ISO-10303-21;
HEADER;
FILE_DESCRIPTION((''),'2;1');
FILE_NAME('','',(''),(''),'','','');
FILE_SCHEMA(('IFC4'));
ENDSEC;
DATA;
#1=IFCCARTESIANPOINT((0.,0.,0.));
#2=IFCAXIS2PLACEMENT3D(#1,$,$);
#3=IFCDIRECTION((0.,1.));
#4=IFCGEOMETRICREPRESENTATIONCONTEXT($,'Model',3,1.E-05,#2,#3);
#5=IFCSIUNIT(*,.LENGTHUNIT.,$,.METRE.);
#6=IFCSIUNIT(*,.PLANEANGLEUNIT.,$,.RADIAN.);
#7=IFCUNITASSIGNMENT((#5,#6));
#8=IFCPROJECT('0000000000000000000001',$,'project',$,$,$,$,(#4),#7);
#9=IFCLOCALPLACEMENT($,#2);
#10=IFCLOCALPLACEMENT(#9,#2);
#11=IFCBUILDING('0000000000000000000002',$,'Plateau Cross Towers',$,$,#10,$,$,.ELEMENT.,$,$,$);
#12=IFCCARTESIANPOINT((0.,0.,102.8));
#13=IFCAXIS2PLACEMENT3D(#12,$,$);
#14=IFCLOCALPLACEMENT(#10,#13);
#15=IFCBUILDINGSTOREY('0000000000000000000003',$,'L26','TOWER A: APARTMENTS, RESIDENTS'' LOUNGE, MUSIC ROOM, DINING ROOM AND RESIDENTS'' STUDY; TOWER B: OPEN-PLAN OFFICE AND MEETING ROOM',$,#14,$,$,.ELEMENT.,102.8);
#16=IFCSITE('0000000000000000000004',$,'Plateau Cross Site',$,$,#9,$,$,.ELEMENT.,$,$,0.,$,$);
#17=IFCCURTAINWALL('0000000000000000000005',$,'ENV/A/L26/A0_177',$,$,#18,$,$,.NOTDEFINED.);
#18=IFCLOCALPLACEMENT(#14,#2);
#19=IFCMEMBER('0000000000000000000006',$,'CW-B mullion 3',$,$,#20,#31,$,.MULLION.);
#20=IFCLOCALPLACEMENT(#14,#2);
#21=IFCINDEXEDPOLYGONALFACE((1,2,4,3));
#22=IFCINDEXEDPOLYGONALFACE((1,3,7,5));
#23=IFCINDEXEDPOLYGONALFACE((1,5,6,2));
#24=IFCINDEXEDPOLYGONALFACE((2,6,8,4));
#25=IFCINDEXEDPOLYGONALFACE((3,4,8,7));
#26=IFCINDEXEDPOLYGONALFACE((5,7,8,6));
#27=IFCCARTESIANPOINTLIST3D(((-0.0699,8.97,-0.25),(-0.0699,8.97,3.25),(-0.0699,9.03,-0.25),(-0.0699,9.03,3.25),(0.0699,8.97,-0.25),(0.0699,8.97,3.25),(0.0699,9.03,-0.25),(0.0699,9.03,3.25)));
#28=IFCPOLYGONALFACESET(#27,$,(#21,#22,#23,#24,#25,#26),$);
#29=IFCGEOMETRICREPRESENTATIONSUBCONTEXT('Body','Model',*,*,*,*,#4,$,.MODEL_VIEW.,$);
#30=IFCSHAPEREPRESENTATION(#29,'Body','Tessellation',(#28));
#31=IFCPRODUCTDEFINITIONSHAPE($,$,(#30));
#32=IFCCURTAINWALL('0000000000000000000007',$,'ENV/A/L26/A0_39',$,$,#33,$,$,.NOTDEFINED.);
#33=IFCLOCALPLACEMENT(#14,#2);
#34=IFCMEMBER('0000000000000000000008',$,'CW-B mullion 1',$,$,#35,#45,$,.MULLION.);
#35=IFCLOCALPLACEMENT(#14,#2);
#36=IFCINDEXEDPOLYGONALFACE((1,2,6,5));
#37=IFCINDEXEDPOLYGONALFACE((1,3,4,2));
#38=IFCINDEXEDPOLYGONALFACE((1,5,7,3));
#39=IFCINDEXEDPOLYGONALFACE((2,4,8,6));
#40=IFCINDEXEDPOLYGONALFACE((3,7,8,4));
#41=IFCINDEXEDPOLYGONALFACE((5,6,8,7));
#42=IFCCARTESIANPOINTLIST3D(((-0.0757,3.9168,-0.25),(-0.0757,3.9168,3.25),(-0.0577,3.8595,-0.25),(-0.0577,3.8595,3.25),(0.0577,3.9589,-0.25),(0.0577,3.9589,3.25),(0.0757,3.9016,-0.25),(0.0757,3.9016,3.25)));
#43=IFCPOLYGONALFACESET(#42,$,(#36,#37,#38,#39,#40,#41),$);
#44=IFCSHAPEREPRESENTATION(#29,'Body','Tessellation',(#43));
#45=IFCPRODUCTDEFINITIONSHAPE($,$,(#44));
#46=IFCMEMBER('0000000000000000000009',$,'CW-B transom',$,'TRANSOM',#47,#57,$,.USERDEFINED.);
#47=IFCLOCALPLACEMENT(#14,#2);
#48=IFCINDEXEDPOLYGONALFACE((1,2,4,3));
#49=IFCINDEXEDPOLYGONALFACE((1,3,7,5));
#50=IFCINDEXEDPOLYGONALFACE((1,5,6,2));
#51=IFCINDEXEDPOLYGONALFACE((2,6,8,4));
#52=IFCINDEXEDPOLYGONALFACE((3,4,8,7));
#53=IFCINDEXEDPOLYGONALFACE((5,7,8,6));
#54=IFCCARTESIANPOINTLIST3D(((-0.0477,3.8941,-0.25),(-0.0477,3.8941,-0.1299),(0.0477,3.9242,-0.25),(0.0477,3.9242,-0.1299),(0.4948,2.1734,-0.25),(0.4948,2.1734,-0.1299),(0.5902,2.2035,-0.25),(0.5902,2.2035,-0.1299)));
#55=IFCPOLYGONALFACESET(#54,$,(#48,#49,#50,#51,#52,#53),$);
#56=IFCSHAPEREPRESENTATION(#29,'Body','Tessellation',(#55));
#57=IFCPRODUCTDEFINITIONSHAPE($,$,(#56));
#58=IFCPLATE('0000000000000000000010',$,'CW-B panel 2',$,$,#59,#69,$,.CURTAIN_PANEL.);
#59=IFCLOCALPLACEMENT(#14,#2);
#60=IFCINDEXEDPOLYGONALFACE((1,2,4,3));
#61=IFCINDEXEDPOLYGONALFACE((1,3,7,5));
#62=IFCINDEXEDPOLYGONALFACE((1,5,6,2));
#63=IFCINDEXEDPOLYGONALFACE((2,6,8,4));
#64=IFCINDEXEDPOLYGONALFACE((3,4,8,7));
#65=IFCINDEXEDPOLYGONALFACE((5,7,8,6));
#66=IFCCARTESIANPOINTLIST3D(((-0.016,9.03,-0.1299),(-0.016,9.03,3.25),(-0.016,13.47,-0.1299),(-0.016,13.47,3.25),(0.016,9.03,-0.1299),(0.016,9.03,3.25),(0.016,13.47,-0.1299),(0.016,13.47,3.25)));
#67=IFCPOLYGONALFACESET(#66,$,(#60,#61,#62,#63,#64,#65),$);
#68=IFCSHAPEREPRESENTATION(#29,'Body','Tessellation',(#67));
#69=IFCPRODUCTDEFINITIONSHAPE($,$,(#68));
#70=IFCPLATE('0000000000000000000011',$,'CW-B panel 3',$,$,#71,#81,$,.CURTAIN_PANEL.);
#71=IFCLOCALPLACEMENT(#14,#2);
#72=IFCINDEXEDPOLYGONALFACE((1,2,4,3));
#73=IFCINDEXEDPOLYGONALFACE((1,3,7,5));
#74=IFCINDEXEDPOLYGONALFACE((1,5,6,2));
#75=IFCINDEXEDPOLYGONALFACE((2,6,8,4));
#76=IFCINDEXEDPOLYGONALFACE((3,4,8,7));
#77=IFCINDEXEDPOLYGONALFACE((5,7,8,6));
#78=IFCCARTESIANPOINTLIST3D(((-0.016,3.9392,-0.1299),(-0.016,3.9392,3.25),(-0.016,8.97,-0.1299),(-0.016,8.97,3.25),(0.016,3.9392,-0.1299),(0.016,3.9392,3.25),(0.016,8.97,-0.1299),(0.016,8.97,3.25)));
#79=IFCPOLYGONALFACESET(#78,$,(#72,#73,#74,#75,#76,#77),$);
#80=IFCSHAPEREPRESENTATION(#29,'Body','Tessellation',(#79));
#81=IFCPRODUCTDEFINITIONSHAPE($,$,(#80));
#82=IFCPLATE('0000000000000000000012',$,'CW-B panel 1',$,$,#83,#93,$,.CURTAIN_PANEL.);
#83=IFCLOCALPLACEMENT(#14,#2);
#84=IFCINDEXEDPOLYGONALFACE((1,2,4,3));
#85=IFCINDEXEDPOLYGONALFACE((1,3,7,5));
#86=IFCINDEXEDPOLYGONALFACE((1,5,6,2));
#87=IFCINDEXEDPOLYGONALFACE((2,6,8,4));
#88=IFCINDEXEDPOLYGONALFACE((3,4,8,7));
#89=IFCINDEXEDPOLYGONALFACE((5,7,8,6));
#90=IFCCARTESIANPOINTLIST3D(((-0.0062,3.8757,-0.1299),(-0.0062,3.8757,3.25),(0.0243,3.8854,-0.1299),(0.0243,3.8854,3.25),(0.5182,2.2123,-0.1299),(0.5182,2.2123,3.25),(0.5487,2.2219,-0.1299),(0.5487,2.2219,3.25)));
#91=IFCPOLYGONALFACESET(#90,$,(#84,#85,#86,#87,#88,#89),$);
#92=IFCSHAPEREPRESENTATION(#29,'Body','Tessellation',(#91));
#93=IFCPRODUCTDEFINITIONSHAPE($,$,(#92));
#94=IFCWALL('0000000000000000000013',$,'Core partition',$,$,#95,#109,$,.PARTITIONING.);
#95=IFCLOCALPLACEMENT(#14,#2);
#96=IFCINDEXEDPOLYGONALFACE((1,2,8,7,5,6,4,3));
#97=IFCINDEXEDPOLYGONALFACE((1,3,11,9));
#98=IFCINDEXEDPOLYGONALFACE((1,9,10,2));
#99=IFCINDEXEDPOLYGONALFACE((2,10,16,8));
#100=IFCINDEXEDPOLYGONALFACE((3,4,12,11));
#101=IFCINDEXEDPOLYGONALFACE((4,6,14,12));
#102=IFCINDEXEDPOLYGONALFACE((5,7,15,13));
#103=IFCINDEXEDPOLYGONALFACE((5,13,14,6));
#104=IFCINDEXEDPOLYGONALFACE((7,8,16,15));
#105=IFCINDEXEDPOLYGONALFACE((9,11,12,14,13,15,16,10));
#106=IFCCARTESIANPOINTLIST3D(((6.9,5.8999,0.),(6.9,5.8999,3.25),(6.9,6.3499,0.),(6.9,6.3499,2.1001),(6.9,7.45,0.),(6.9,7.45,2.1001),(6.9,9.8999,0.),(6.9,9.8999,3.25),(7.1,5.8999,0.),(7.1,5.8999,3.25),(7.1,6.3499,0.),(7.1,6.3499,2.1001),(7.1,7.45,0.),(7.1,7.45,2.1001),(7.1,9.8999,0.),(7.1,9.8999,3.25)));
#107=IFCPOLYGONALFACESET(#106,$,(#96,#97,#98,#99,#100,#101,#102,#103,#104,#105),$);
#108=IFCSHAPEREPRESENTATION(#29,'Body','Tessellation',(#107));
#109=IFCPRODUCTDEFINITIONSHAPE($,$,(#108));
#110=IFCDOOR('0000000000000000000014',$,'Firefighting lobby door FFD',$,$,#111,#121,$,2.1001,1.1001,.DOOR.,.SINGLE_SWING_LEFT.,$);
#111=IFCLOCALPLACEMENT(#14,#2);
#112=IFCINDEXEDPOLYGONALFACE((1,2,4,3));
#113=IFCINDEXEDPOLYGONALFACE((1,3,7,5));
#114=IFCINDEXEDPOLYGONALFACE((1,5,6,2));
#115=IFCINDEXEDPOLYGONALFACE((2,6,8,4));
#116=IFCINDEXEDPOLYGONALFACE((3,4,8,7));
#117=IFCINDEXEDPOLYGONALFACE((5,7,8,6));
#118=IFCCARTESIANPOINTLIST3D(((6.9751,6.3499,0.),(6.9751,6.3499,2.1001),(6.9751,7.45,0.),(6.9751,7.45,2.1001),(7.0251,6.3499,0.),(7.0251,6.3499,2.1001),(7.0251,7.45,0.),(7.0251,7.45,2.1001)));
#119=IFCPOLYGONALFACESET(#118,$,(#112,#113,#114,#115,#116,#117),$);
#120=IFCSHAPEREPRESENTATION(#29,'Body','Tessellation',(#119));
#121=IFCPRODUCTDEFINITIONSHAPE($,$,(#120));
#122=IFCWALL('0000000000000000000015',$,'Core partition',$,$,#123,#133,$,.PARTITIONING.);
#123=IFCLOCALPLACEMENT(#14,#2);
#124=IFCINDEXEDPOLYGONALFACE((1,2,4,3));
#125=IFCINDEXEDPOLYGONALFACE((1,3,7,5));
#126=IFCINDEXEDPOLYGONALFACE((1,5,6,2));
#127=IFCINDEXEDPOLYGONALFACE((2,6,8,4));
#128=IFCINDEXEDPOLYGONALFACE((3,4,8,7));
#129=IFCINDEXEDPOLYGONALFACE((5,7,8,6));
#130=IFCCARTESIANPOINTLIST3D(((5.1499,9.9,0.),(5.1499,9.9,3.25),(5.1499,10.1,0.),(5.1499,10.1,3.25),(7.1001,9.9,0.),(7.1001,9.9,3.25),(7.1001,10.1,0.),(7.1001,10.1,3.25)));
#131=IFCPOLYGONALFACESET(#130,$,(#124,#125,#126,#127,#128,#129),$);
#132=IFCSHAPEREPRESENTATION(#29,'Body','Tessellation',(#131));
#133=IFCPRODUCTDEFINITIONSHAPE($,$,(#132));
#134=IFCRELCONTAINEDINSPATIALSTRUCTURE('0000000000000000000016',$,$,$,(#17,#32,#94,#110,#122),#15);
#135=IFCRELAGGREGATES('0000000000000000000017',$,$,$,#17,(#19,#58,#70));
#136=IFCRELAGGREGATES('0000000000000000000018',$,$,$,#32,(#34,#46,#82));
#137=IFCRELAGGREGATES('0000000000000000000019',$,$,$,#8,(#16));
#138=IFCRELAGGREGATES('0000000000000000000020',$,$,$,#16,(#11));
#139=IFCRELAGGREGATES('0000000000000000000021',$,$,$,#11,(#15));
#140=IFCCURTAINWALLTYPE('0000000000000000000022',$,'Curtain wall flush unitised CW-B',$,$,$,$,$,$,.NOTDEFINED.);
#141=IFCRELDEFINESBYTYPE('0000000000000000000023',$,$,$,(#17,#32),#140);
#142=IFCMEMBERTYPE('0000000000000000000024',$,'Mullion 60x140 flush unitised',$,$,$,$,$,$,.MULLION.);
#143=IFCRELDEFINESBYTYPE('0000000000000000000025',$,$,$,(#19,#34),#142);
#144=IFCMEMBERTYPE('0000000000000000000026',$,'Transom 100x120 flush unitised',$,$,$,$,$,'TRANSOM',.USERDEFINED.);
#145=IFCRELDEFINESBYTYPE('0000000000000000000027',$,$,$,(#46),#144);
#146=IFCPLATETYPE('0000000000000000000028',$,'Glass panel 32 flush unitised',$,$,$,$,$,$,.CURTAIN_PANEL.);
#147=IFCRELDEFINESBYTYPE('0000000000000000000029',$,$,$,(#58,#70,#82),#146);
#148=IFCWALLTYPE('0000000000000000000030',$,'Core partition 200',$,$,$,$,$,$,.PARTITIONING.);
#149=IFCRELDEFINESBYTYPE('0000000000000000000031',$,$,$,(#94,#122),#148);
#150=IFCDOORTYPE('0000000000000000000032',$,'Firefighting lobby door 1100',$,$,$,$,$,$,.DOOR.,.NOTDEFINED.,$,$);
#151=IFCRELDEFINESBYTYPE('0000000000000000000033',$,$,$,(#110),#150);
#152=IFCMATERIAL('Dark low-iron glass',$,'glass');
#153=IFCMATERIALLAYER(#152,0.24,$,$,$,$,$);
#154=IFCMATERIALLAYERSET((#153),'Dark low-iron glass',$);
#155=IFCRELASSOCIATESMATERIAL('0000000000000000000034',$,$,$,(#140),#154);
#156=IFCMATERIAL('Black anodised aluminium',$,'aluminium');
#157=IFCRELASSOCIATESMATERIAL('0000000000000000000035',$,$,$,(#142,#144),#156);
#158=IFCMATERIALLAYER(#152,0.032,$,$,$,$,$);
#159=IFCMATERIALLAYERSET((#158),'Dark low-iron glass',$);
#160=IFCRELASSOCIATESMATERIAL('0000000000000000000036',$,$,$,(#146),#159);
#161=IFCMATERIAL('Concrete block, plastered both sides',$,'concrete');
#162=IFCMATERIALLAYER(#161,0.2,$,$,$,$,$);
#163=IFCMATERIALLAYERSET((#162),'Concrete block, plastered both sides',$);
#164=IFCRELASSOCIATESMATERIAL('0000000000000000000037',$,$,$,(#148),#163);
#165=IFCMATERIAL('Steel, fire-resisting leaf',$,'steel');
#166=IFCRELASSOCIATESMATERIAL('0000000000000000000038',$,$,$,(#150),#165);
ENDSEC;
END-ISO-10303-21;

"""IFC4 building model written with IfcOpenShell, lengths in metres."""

from ifc_helpers import new_model, si_unit, direction, frame, frame_2d, origin, origin_2d, place, context, subcontext, project, spatial, rectangle, extrude, material, layer, layer_set, material_profile, profile_set, type_object, element, fill, aggregate, save


model = new_model("IFC4")

# Units and contexts
model_context = context("Model", 3, precision=1e-05, world=origin(), true_north=direction((0.0, 1.0)))
body_context = subcontext(model_context, "Body", "Model", "MODEL_VIEW")
ifc_project = project(units=[si_unit("LENGTHUNIT", "METRE"), si_unit("PLANEANGLEUNIT", "RADIAN")], contexts=[model_context])

# Site, building, storey
site_placement = place(None, origin())
site = spatial("IfcSite", under=ifc_project, at=site_placement, Name="Plateau Cross Site", CompositionType="ELEMENT", RefElevation=0.0)
building_placement = place(site_placement, origin())
building = spatial("IfcBuilding", under=site, at=building_placement, Name="Plateau Cross Towers", CompositionType="ELEMENT")
storey_placement = place(building_placement, frame((0.0, 0.0, 102.8)))
storey = spatial("IfcBuildingStorey", under=building, at=storey_placement, Name="L26", Description="TOWER A: APARTMENTS, RESIDENTS' LOUNGE, MUSIC ROOM, DINING ROOM AND RESIDENTS' STUDY; TOWER B: OPEN-PLAN OFFICE AND MEETING ROOM", CompositionType="ELEMENT", Elevation=102.8)

# Curtain wall, member
ifc_material_1 = material(Name="Dark low-iron glass", Category="glass")
ifc_layer_1 = layer(ifc_material_1, 0.24)
ifc_layer_set_1 = layer_set([ifc_layer_1], Name="Dark low-iron glass")
curtain_wall_type = type_object("IfcCurtainWallType", Name="Curtain wall flush unitised CW-B", PredefinedType="NOTDEFINED", material=ifc_layer_set_1)
curtain_wall_1_placement = place(storey_placement, origin())
curtain_wall_1 = element("IfcCurtainWall", 1, at=curtain_wall_1_placement, inside=storey, type_object=curtain_wall_type, Name="ENV/A/L26/A0_177", PredefinedType="NOTDEFINED")
ifc_material_2 = material(Name="Black anodised aluminium", Category="aluminium")
ifc_material_profile_1 = material_profile(ifc_material_2, rectangle(XDim=0.0601, YDim=0.1399, at=origin_2d()), Name="MULLION 60x140")
ifc_profile_set_1 = profile_set([ifc_material_profile_1], Name="Black anodised aluminium")
member_type_1 = type_object("IfcMemberType", Name="Mullion 60x140 flush unitised", PredefinedType="MULLION", material=ifc_profile_set_1)
member_1_placement = place(storey_placement, frame((0.0, 9.0, -0.25), z_axis=(0.0, 0.0, 1.0), x_axis=(0.0, -1.0, 0.0)))
member_1 = element("IfcMember", 2, at=member_1_placement, type_object=member_type_1, Name="CW-B mullion 3", PredefinedType="MULLION", context=body_context, shape_type="SweptSolid", body=[
    extrude(rectangle(XDim=0.0601, YDim=0.1399, at=origin_2d()), origin(), (0.0, 0.0, 1.0), 3.5),
])

# Curtain wall, members
curtain_wall_2_placement = place(storey_placement, origin())
curtain_wall_2 = element("IfcCurtainWall", 3, at=curtain_wall_2_placement, inside=storey, type_object=curtain_wall_type, Name="ENV/A/L26/A0_39", PredefinedType="NOTDEFINED")
member_2_placement = place(storey_placement, frame((0.0, 3.9092, -0.25), z_axis=(0.0, 0.0, 1.0), x_axis=(0.300686, -0.953723, 0.0)))
member_2 = element("IfcMember", 4, at=member_2_placement, type_object=member_type_1, Name="CW-B mullion 1", PredefinedType="MULLION", context=body_context, shape_type="SweptSolid", body=[
    extrude(rectangle(XDim=0.0601, YDim=0.1399, at=origin_2d()), origin(), (0.0, 0.0, 1.0), 3.5),
])
ifc_material_profile_2 = material_profile(ifc_material_2, rectangle(XDim=0.1001, YDim=0.1201, at=origin_2d()), Name="TRANSOM 100x120")
ifc_profile_set_2 = profile_set([ifc_material_profile_2], Name="Black anodised aluminium")
member_type_2 = type_object("IfcMemberType", Name="Transom 100x120 flush unitised", ElementType="TRANSOM", PredefinedType="USERDEFINED", material=ifc_profile_set_2)
member_3_placement = place(storey_placement, frame((0.0, 3.9092, -0.1899), z_axis=(0.300678, -0.953726, 0.0), x_axis=(0.953726, 0.300678, 0.0)))
member_3 = element("IfcMember", 5, at=member_3_placement, type_object=member_type_2, Name="CW-B transom", ObjectType="TRANSOM", PredefinedType="USERDEFINED", context=body_context, shape_type="SweptSolid", body=[
    extrude(rectangle(XDim=0.1001, YDim=0.1201, at=origin_2d()), origin(), (0.0, 0.0, 1.0), 1.8042),
])

# Plates
ifc_layer_2 = layer(ifc_material_1, 0.032)
ifc_layer_set_2 = layer_set([ifc_layer_2], Name="Dark low-iron glass")
plate_type = type_object("IfcPlateType", Name="Glass panel 32 flush unitised", PredefinedType="CURTAIN_PANEL", material=ifc_layer_set_2)
plate_1_placement = place(storey_placement, frame((0.0, 11.25, -0.1299), z_axis=(0.0, 0.0, 1.0), x_axis=(0.0, -1.0, 0.0)))
plate_1 = element("IfcPlate", 6, at=plate_1_placement, type_object=plate_type, Name="CW-B panel 2", PredefinedType="CURTAIN_PANEL", context=body_context, shape_type="SweptSolid", body=[
    extrude(rectangle(XDim=4.4399, YDim=0.032, at=origin_2d()), origin(), (0.0, 0.0, 1.0), 3.3799),
])
plate_2_placement = place(storey_placement, frame((0.0, 6.4546, -0.1299), z_axis=(0.0, 0.0, 1.0), x_axis=(0.0, -1.0, 0.0)))
plate_2 = element("IfcPlate", 7, at=plate_2_placement, type_object=plate_type, Name="CW-B panel 3", PredefinedType="CURTAIN_PANEL", context=body_context, shape_type="SweptSolid", body=[
    extrude(rectangle(XDim=5.0308, YDim=0.032, at=origin_2d()), origin(), (0.0, 0.0, 1.0), 3.3799),
])
aggregate(curtain_wall_1, [member_1, plate_1, plate_2])
plate_3_placement = place(storey_placement, frame((0.2712, 3.0488, -0.1299), z_axis=(0.0, 0.0, 1.0), x_axis=(0.300686, -0.953723, 0.0)))
plate_3 = element("IfcPlate", 8, at=plate_3_placement, type_object=plate_type, Name="CW-B panel 1", PredefinedType="CURTAIN_PANEL", context=body_context, shape_type="SweptSolid", body=[
    extrude(rectangle(XDim=1.7441, YDim=0.032, at=origin_2d()), origin(), (0.0, 0.0, 1.0), 3.3799),
])
aggregate(curtain_wall_2, [member_2, member_3, plate_3])

# Wall, opening, door
ifc_material_3 = material(Name="Concrete block, plastered both sides", Category="concrete")
ifc_layer_3 = layer(ifc_material_3, 0.2)
ifc_layer_set_3 = layer_set([ifc_layer_3], Name="Concrete block, plastered both sides")
wall_type_1 = type_object("IfcWallType", Name="Core partition 200", PredefinedType="PARTITIONING", material=ifc_layer_set_3)
wall_1_placement = place(storey_placement, frame((7.0, 5.8999, 0.0), z_axis=(0.0, 0.0, 1.0), x_axis=(0.0, 1.0, 0.0)))
wall_1 = element("IfcWall", 9, at=wall_1_placement, inside=storey, type_object=wall_type_1, Name="Core partition", PredefinedType="PARTITIONING", context=body_context, shape_type="SweptSolid", body=[
    extrude(rectangle(XDim=4.0, YDim=0.2, at=frame_2d((2.0, 0.0))), origin(), (0.0, 0.0, 1.0), 3.25),
])
opening_1_placement = place(wall_1_placement, frame((0.45, 0.0, 0.0)))
opening_1 = element("IfcOpeningElement", 10, at=opening_1_placement, cuts=wall_1, PredefinedType="OPENING", context=body_context, shape_type="SweptSolid", body=[
    extrude(rectangle(XDim=1.1001, YDim=2.1001, at=frame_2d((0.55, 1.05))), frame((0.0, 0.1099, 0.0), z_axis=(0.0, -1.0, 0.0), x_axis=(1.0, 0.0, 0.0)), (0.0, 0.0, 1.0), 0.22),
])
ifc_material_4 = material(Name="Steel, fire-resisting leaf", Category="steel")
door_type_1 = type_object("IfcDoorType", Name="Firefighting lobby door 1100", OperationType="NOTDEFINED", PredefinedType="DOOR", material=ifc_material_4)
door_1_placement = place(opening_1_placement, origin())
door_1 = element("IfcDoor", 11, at=door_1_placement, inside=storey, type_object=door_type_1, Name="Firefighting lobby door FFD", OperationType="SINGLE_SWING_LEFT", OverallHeight=2.1001, OverallWidth=1.1001, PredefinedType="DOOR", context=body_context, shape_type="SweptSolid", body=[
    extrude(rectangle(XDim=1.1001, YDim=2.1001, at=frame_2d((0.55, 1.05))), frame((0.0, 0.0249, 0.0), z_axis=(0.0, -1.0, 0.0), x_axis=(1.0, 0.0, 0.0)), (0.0, 0.0, 1.0), 0.05),
])
fill(opening_1, door_1)

# Wall
wall_2_placement = place(storey_placement, frame((5.1499, 10.0, 0.0), z_axis=(0.0, 0.0, 1.0), x_axis=(1.0, 0.0, 0.0)))
element("IfcWall", 12, at=wall_2_placement, inside=storey, type_object=wall_type_1, Name="Core partition", PredefinedType="PARTITIONING", context=body_context, shape_type="SweptSolid", body=[
    extrude(rectangle(XDim=1.9502, YDim=0.2, at=frame_2d((0.9751, 0.0))), origin(), (0.0, 0.0, 1.0), 3.25),
])

save(model, "model.ifc")
